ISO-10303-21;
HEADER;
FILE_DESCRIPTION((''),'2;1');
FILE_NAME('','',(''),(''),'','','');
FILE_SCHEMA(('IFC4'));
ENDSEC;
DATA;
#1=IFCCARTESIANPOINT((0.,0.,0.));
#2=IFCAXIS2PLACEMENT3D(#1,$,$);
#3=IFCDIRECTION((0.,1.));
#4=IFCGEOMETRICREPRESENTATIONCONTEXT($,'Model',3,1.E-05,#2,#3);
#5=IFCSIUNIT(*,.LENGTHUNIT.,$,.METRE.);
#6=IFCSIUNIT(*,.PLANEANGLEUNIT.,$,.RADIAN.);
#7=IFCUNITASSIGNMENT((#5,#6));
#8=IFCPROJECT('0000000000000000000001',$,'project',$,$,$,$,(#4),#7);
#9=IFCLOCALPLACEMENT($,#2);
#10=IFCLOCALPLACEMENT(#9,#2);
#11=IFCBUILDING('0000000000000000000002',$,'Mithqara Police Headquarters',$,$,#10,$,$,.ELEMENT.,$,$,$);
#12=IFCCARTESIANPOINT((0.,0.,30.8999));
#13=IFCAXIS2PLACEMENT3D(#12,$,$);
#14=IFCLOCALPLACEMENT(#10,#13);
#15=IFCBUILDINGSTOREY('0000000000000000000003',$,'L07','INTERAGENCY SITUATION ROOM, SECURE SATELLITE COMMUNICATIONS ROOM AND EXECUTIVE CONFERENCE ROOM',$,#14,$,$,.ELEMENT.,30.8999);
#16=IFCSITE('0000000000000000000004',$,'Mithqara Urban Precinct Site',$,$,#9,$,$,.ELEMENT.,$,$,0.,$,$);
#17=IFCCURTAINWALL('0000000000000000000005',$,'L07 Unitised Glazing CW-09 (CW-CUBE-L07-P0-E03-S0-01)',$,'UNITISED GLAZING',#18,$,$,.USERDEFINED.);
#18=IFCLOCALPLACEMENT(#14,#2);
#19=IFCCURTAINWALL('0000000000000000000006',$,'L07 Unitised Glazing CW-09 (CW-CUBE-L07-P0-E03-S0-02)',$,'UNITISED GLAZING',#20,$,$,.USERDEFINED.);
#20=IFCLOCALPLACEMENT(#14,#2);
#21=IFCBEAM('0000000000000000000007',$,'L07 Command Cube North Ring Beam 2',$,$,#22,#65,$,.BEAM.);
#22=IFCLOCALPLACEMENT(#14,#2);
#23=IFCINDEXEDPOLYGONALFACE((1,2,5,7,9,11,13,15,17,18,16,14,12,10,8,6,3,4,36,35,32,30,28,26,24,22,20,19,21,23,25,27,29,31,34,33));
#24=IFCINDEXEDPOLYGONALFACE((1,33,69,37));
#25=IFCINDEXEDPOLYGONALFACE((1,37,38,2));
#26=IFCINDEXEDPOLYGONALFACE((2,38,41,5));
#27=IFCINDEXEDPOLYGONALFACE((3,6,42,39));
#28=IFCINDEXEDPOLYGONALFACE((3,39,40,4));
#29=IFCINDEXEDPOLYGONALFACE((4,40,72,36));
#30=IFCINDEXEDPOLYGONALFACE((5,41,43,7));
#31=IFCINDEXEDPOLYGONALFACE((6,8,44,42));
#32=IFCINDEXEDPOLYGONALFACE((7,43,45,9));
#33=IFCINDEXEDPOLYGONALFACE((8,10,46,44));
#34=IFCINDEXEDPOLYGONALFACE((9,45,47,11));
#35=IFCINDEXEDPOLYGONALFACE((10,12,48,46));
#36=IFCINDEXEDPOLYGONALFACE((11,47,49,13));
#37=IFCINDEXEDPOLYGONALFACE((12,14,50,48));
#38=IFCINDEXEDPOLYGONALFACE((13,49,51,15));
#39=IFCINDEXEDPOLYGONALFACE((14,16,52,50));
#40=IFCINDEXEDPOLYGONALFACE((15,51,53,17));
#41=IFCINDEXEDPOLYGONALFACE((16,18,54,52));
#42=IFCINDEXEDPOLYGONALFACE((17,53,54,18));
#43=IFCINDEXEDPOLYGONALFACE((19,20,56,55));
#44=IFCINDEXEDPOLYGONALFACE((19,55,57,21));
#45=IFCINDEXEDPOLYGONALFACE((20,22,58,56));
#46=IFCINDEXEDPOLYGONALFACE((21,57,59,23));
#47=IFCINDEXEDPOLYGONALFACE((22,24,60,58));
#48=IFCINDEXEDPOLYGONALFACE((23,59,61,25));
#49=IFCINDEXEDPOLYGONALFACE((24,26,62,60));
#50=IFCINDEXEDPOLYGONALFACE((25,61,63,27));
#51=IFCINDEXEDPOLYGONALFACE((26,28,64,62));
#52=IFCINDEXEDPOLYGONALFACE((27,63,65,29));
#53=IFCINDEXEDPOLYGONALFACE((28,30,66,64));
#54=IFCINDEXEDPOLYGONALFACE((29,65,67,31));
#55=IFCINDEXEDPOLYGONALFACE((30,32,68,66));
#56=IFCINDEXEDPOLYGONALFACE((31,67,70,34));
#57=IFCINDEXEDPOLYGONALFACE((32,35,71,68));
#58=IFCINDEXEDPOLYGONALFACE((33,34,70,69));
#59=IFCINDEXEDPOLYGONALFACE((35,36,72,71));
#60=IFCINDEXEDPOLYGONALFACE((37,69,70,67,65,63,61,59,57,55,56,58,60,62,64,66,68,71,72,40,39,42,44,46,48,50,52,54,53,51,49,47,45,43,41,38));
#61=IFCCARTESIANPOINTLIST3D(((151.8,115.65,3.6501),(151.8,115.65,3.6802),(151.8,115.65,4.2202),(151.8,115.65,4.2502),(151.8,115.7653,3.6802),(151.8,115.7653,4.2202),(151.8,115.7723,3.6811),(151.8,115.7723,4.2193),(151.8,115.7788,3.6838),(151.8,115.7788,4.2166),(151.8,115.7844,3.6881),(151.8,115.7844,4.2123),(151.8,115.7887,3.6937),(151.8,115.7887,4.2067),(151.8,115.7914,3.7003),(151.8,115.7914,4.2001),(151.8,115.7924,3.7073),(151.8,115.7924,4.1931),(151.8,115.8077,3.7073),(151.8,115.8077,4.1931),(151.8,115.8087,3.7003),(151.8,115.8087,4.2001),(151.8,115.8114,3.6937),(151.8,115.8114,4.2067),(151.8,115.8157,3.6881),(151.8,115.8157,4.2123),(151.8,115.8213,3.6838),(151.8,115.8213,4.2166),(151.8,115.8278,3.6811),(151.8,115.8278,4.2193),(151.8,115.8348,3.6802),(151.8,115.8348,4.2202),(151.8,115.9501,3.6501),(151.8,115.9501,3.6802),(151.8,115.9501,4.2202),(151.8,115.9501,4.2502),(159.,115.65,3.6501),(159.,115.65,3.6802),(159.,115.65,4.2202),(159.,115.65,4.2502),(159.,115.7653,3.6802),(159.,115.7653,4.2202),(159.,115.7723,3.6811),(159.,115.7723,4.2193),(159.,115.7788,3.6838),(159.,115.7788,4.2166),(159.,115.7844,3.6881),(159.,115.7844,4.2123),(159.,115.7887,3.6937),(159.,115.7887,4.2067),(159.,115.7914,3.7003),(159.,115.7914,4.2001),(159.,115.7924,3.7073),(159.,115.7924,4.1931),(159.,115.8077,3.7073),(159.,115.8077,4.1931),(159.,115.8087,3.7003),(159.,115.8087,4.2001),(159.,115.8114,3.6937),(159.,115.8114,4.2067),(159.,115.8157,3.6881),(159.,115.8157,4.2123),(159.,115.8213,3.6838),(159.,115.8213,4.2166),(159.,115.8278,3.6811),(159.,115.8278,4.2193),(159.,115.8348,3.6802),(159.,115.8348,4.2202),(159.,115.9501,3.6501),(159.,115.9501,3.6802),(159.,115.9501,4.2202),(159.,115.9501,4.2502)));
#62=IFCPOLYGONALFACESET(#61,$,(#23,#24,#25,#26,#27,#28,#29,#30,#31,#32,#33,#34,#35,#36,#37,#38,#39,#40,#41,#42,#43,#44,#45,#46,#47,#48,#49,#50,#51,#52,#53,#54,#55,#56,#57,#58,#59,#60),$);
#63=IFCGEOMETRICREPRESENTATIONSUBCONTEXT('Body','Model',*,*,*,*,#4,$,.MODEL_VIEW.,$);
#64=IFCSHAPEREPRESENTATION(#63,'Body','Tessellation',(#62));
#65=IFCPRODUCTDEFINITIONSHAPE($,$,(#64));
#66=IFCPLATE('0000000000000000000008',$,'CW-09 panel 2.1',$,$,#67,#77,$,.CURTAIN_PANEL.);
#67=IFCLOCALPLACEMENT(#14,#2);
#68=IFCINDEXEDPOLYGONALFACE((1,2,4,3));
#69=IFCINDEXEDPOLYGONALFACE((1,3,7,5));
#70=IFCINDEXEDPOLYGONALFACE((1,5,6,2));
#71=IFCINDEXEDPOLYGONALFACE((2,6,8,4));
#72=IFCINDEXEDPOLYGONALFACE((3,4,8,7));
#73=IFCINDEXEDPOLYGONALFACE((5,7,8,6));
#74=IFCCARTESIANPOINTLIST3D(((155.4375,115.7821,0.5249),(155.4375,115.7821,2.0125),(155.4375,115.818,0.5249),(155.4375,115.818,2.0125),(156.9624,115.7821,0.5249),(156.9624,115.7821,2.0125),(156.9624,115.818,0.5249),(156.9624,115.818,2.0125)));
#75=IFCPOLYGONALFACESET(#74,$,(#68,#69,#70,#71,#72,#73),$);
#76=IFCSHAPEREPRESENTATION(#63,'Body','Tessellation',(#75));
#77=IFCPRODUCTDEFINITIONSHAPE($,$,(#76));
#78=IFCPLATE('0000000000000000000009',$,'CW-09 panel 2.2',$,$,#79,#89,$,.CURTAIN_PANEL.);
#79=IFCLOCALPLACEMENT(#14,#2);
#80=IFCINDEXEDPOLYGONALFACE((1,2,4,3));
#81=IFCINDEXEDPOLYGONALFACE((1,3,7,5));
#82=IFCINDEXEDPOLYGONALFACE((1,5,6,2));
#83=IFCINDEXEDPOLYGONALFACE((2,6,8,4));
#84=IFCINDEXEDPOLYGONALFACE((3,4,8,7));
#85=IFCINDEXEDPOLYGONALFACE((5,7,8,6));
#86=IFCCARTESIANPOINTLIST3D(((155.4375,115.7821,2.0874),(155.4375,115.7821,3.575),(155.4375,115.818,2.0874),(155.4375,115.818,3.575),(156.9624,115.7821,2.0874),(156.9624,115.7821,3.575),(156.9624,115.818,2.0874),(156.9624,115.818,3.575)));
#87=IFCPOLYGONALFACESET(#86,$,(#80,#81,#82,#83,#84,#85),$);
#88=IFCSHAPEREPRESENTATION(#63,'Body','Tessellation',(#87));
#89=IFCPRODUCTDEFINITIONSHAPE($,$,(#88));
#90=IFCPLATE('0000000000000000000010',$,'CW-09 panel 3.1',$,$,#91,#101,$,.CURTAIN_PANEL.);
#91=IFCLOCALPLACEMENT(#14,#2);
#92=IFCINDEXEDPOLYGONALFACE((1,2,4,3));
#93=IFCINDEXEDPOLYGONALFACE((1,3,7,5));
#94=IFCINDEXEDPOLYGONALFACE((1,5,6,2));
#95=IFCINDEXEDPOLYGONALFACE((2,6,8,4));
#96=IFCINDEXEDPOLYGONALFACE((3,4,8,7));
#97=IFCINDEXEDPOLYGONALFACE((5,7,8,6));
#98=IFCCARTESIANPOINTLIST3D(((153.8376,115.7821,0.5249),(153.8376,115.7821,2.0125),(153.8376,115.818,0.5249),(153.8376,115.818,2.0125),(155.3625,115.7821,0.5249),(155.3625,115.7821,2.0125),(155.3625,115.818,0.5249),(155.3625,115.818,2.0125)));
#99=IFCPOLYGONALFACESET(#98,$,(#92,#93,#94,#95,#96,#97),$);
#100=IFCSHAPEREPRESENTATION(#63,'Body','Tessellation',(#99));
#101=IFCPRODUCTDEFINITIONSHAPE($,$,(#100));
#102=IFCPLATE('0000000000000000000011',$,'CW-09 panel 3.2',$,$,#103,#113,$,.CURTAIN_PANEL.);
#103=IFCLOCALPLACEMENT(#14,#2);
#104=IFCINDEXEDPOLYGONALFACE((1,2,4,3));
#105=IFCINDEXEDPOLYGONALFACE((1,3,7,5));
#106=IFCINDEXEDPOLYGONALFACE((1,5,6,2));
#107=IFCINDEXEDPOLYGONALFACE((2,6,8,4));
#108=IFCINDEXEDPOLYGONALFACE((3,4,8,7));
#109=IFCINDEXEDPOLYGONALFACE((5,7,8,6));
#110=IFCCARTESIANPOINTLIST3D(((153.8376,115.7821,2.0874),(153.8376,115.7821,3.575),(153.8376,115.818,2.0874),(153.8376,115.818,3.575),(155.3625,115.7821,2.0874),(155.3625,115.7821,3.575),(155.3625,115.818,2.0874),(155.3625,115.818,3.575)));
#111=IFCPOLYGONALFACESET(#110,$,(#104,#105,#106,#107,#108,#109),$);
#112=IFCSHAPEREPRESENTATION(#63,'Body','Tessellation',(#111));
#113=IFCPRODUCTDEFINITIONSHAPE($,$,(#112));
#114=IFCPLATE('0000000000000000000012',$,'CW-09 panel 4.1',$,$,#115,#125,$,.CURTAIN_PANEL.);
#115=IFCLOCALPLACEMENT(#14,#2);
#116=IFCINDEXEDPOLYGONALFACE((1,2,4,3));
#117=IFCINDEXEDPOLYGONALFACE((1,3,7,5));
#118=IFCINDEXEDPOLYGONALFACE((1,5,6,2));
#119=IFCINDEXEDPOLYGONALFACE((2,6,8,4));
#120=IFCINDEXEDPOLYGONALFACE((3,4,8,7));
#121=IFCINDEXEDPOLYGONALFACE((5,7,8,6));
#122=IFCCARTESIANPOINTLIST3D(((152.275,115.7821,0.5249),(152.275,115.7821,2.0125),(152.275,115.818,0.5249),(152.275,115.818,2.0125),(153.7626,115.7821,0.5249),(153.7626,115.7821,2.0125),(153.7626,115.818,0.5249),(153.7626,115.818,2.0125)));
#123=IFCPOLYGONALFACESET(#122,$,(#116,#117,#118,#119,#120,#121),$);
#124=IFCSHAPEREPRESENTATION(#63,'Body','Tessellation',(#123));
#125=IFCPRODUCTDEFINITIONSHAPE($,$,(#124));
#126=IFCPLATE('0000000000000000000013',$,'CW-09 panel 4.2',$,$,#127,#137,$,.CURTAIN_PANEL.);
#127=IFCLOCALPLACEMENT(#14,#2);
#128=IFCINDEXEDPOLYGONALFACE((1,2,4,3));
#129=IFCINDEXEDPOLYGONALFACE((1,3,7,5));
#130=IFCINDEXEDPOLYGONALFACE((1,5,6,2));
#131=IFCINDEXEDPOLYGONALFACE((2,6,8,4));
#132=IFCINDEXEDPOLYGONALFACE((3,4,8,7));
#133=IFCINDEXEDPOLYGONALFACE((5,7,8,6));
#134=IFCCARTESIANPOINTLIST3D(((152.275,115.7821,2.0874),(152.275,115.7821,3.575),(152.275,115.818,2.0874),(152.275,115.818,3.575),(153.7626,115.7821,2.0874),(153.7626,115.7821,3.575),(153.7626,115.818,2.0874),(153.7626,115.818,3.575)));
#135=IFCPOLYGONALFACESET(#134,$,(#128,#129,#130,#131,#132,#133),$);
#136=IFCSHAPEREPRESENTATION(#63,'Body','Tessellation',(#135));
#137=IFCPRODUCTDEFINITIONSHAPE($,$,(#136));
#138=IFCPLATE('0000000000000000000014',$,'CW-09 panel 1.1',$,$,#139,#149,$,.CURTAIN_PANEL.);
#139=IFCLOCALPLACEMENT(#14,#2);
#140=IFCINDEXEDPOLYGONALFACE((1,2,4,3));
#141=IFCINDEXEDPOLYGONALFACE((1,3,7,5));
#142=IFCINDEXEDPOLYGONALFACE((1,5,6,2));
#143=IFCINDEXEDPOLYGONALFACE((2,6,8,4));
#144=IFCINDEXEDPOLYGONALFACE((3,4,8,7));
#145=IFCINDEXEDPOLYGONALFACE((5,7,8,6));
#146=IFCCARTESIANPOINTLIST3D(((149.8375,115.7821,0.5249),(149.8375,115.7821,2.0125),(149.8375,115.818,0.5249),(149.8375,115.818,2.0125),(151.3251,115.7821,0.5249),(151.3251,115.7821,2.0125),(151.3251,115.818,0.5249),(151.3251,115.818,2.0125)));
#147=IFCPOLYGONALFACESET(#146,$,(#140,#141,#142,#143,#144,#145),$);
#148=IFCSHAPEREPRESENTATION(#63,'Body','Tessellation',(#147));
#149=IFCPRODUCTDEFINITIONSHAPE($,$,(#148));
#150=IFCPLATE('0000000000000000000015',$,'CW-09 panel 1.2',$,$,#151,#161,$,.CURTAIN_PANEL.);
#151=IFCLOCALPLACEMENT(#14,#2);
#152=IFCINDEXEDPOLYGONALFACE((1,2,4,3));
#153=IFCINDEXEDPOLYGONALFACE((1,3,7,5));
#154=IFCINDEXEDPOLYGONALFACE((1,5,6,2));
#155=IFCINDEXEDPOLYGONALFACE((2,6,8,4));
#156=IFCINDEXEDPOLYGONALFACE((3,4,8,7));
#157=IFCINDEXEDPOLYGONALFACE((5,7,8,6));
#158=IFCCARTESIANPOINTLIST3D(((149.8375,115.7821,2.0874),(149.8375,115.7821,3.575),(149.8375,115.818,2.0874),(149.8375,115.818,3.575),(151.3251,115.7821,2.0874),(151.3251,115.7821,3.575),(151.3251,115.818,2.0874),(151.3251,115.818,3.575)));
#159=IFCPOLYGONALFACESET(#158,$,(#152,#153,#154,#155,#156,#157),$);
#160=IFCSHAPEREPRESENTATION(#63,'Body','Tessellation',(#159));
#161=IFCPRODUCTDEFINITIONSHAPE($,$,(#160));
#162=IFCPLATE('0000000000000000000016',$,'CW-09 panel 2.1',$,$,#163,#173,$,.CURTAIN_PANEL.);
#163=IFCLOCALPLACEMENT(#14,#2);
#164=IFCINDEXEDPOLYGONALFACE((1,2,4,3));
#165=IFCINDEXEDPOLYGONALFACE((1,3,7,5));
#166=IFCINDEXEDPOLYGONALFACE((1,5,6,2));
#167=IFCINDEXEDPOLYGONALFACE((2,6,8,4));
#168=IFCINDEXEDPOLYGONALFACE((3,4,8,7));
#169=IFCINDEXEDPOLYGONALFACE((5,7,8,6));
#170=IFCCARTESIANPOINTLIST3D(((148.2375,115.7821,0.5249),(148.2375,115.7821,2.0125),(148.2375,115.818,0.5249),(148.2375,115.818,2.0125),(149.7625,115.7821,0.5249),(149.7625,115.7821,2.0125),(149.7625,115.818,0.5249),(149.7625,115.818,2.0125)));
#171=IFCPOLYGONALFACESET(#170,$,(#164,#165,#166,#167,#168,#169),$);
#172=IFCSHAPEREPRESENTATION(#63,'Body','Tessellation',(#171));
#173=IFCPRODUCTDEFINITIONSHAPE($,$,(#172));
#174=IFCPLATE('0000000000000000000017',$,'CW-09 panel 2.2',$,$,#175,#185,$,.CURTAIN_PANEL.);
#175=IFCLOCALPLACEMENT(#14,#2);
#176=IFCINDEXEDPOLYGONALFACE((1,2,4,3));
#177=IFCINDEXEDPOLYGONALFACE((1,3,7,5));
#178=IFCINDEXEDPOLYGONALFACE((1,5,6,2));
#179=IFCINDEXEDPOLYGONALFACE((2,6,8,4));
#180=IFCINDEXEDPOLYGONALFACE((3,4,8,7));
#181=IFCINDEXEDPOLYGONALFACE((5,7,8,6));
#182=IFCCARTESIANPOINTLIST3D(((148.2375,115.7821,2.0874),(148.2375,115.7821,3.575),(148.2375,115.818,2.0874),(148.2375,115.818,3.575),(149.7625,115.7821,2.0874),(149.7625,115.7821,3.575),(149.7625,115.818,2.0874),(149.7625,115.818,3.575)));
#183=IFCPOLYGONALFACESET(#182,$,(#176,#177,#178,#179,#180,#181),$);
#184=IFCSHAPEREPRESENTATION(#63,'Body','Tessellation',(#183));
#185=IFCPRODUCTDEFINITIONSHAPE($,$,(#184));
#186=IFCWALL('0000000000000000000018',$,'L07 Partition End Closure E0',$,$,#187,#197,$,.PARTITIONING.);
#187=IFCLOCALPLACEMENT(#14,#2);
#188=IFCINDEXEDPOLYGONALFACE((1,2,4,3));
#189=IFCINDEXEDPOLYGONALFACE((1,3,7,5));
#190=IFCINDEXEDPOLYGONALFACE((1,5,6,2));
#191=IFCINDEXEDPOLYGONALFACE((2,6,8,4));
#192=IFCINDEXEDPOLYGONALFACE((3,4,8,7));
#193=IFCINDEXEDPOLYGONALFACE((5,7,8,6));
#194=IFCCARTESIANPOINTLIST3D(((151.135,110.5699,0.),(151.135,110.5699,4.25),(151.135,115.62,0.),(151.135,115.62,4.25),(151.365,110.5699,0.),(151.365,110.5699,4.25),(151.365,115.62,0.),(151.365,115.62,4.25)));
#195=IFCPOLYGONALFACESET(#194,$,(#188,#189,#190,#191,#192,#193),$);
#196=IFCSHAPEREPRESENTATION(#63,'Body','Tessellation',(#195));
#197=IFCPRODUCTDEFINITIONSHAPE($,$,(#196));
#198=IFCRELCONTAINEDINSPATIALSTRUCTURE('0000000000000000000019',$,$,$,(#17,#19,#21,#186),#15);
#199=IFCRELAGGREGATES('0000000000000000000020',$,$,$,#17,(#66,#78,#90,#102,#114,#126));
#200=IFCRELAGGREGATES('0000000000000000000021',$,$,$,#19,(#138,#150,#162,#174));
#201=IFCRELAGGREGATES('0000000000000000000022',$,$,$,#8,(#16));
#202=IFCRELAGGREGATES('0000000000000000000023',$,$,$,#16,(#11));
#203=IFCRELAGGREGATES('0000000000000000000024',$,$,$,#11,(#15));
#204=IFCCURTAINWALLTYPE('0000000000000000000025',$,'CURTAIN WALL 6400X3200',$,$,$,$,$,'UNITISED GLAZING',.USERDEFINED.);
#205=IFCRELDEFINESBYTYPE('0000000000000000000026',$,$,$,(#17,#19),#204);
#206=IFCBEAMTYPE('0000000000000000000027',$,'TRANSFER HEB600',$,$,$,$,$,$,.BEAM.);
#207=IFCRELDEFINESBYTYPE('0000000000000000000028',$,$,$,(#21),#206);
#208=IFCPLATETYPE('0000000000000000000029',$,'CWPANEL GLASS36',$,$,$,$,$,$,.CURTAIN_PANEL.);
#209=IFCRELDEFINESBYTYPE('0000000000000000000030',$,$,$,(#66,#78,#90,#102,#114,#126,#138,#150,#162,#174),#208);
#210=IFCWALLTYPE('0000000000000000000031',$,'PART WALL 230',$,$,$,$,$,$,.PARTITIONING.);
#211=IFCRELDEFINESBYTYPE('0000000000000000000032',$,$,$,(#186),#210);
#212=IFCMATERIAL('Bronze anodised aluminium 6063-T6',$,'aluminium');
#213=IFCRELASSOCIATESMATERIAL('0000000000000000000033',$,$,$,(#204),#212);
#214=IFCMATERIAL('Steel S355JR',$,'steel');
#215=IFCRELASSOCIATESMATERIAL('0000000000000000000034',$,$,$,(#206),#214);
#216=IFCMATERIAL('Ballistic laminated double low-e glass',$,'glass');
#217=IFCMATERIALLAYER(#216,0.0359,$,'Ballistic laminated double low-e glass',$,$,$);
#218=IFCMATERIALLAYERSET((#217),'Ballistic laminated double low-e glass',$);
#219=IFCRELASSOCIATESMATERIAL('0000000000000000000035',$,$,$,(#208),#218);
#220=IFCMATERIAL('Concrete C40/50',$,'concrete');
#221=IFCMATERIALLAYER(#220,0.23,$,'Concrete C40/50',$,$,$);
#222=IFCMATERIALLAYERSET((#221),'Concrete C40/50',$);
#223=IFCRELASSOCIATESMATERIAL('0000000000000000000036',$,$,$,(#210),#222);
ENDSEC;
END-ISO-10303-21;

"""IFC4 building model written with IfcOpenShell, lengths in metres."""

from ifc_helpers import new_model, si_unit, direction, frame, frame_2d, origin, origin_2d, place, context, subcontext, project, spatial, rectangle, i_section, extrude, material, layer, layer_set, material_profile, profile_set, type_object, element, aggregate, save


model = new_model("IFC4")

# Units and contexts
model_context = context("Model", 3, precision=1e-05, world=origin(), true_north=direction((0.0, 1.0)))
body_context = subcontext(model_context, "Body", "Model", "MODEL_VIEW")
ifc_project = project(units=[si_unit("LENGTHUNIT", "METRE"), si_unit("PLANEANGLEUNIT", "RADIAN")], contexts=[model_context])

# Site, building, storey
site_placement = place(None, origin())
site = spatial("IfcSite", under=ifc_project, at=site_placement, Name="Mithqara Urban Precinct Site", CompositionType="ELEMENT", RefElevation=0.0)
building_placement = place(site_placement, origin())
building = spatial("IfcBuilding", under=site, at=building_placement, Name="Mithqara Police Headquarters", CompositionType="ELEMENT")
storey_placement = place(building_placement, frame((0.0, 0.0, 30.8999)))
storey = spatial("IfcBuildingStorey", under=building, at=storey_placement, Name="L07", Description="INTERAGENCY SITUATION ROOM, SECURE SATELLITE COMMUNICATIONS ROOM AND EXECUTIVE CONFERENCE ROOM", CompositionType="ELEMENT", Elevation=30.8999)

# Shared definitions
ifc_material_1 = material(Name="Steel S355JR", Category="steel")

# Curtain walls
ifc_material_2 = material(Name="Bronze anodised aluminium 6063-T6", Category="aluminium")
curtain_wall_type = type_object("IfcCurtainWallType", Name="CURTAIN WALL 6400X3200", ElementType="UNITISED GLAZING", PredefinedType="USERDEFINED", material=ifc_material_2)
curtain_wall_1_placement = place(storey_placement, origin())
curtain_wall_1 = element("IfcCurtainWall", 1, at=curtain_wall_1_placement, inside=storey, type_object=curtain_wall_type, Name="L07 Unitised Glazing CW-09 (CW-CUBE-L07-P0-E03-S0-01)", ObjectType="UNITISED GLAZING", PredefinedType="USERDEFINED")
curtain_wall_2_placement = place(storey_placement, origin())
curtain_wall_2 = element("IfcCurtainWall", 2, at=curtain_wall_2_placement, inside=storey, type_object=curtain_wall_type, Name="L07 Unitised Glazing CW-09 (CW-CUBE-L07-P0-E03-S0-02)", ObjectType="UNITISED GLAZING", PredefinedType="USERDEFINED")

# Beam
ifc_material_profile_1 = material_profile(ifc_material_1, i_section(OverallWidth=0.3, OverallDepth=0.6001, WebThickness=0.0154, FlangeThickness=0.03, FilletRadius=0.0271, at=origin_2d()), Name="HEB 600")
ifc_profile_set_1 = profile_set([ifc_material_profile_1], Name="Steel S355JR")
beam_type = type_object("IfcBeamType", Name="TRANSFER HEB600", PredefinedType="BEAM", material=ifc_profile_set_1)
beam_1_placement = place(storey_placement, frame((151.8, 115.8, 3.9502), z_axis=(1.0, 0.0, 0.0), x_axis=(0.0, 1.0, 0.0)))
element("IfcBeam", 3, at=beam_1_placement, inside=storey, type_object=beam_type, Name="L07 Command Cube North Ring Beam 2", PredefinedType="BEAM", context=body_context, shape_type="SweptSolid", body=[
    extrude(i_section(OverallWidth=0.3, OverallDepth=0.6001, WebThickness=0.0154, FlangeThickness=0.03, FilletRadius=0.0271, at=origin_2d()), origin(), (0.0, 0.0, 1.0), 7.2),
])

# Plates
ifc_material_3 = material(Name="Ballistic laminated double low-e glass", Category="glass")
ifc_layer_1 = layer(ifc_material_3, 0.0359, Name="Ballistic laminated double low-e glass")
ifc_layer_set_1 = layer_set([ifc_layer_1], Name="Ballistic laminated double low-e glass")
plate_type = type_object("IfcPlateType", Name="CWPANEL GLASS36", PredefinedType="CURTAIN_PANEL", material=ifc_layer_set_1)
plate_1_placement = place(storey_placement, frame((156.2, 115.8, 0.5249), z_axis=(0.0, 0.0, 1.0), x_axis=(-1.0, 0.0, 0.0)))
plate_1 = element("IfcPlate", 4, at=plate_1_placement, type_object=plate_type, Name="CW-09 panel 2.1", PredefinedType="CURTAIN_PANEL", context=body_context, shape_type="SweptSolid", body=[
    extrude(rectangle(XDim=1.5249, YDim=0.0359, at=origin_2d()), origin(), (0.0, 0.0, 1.0), 1.4875),
])
plate_2_placement = place(storey_placement, frame((156.2, 115.8, 2.0874), z_axis=(0.0, 0.0, 1.0), x_axis=(-1.0, 0.0, 0.0)))
plate_2 = element("IfcPlate", 5, at=plate_2_placement, type_object=plate_type, Name="CW-09 panel 2.2", PredefinedType="CURTAIN_PANEL", context=body_context, shape_type="SweptSolid", body=[
    extrude(rectangle(XDim=1.5249, YDim=0.0359, at=origin_2d()), origin(), (0.0, 0.0, 1.0), 1.4875),
])
plate_3_placement = place(storey_placement, frame((154.6001, 115.8, 0.5249), z_axis=(0.0, 0.0, 1.0), x_axis=(-1.0, 0.0, 0.0)))
plate_3 = element("IfcPlate", 6, at=plate_3_placement, type_object=plate_type, Name="CW-09 panel 3.1", PredefinedType="CURTAIN_PANEL", context=body_context, shape_type="SweptSolid", body=[
    extrude(rectangle(XDim=1.5249, YDim=0.0359, at=origin_2d()), origin(), (0.0, 0.0, 1.0), 1.4875),
])
plate_4_placement = place(storey_placement, frame((154.6001, 115.8, 2.0874), z_axis=(0.0, 0.0, 1.0), x_axis=(-1.0, 0.0, 0.0)))
plate_4 = element("IfcPlate", 7, at=plate_4_placement, type_object=plate_type, Name="CW-09 panel 3.2", PredefinedType="CURTAIN_PANEL", context=body_context, shape_type="SweptSolid", body=[
    extrude(rectangle(XDim=1.5249, YDim=0.0359, at=origin_2d()), origin(), (0.0, 0.0, 1.0), 1.4875),
])
plate_5_placement = place(storey_placement, frame((153.0188, 115.8, 0.5249), z_axis=(0.0, 0.0, 1.0), x_axis=(-1.0, 0.0, 0.0)))
plate_5 = element("IfcPlate", 8, at=plate_5_placement, type_object=plate_type, Name="CW-09 panel 4.1", PredefinedType="CURTAIN_PANEL", context=body_context, shape_type="SweptSolid", body=[
    extrude(rectangle(XDim=1.4875, YDim=0.0359, at=origin_2d()), origin(), (0.0, 0.0, 1.0), 1.4875),
])
plate_6_placement = place(storey_placement, frame((153.0188, 115.8, 2.0874), z_axis=(0.0, 0.0, 1.0), x_axis=(-1.0, 0.0, 0.0)))
plate_6 = element("IfcPlate", 9, at=plate_6_placement, type_object=plate_type, Name="CW-09 panel 4.2", PredefinedType="CURTAIN_PANEL", context=body_context, shape_type="SweptSolid", body=[
    extrude(rectangle(XDim=1.4875, YDim=0.0359, at=origin_2d()), origin(), (0.0, 0.0, 1.0), 1.4875),
])
aggregate(curtain_wall_1, [plate_1, plate_2, plate_3, plate_4, plate_5, plate_6])
plate_7_placement = place(storey_placement, frame((150.5813, 115.8, 0.5249), z_axis=(0.0, 0.0, 1.0), x_axis=(-1.0, 0.0, 0.0)))
plate_7 = element("IfcPlate", 10, at=plate_7_placement, type_object=plate_type, Name="CW-09 panel 1.1", PredefinedType="CURTAIN_PANEL", context=body_context, shape_type="SweptSolid", body=[
    extrude(rectangle(XDim=1.4875, YDim=0.0359, at=origin_2d()), origin(), (0.0, 0.0, 1.0), 1.4875),
])
plate_8_placement = place(storey_placement, frame((150.5813, 115.8, 2.0874), z_axis=(0.0, 0.0, 1.0), x_axis=(-1.0, 0.0, 0.0)))
plate_8 = element("IfcPlate", 11, at=plate_8_placement, type_object=plate_type, Name="CW-09 panel 1.2", PredefinedType="CURTAIN_PANEL", context=body_context, shape_type="SweptSolid", body=[
    extrude(rectangle(XDim=1.4875, YDim=0.0359, at=origin_2d()), origin(), (0.0, 0.0, 1.0), 1.4875),
])
plate_9_placement = place(storey_placement, frame((149.0, 115.8, 0.5249), z_axis=(0.0, 0.0, 1.0), x_axis=(-1.0, 0.0, 0.0)))
plate_9 = element("IfcPlate", 12, at=plate_9_placement, type_object=plate_type, Name="CW-09 panel 2.1", PredefinedType="CURTAIN_PANEL", context=body_context, shape_type="SweptSolid", body=[
    extrude(rectangle(XDim=1.5249, YDim=0.0359, at=origin_2d()), origin(), (0.0, 0.0, 1.0), 1.4875),
])
plate_10_placement = place(storey_placement, frame((149.0, 115.8, 2.0874), z_axis=(0.0, 0.0, 1.0), x_axis=(-1.0, 0.0, 0.0)))
plate_10 = element("IfcPlate", 13, at=plate_10_placement, type_object=plate_type, Name="CW-09 panel 2.2", PredefinedType="CURTAIN_PANEL", context=body_context, shape_type="SweptSolid", body=[
    extrude(rectangle(XDim=1.5249, YDim=0.0359, at=origin_2d()), origin(), (0.0, 0.0, 1.0), 1.4875),
])
aggregate(curtain_wall_2, [plate_7, plate_8, plate_9, plate_10])

# Wall
ifc_material_4 = material(Name="Concrete C40/50", Category="concrete")
ifc_layer_2 = layer(ifc_material_4, 0.23, Name="Concrete C40/50")
ifc_layer_set_2 = layer_set([ifc_layer_2], Name="Concrete C40/50")
wall_type = type_object("IfcWallType", Name="PART WALL 230", PredefinedType="PARTITIONING", material=ifc_layer_set_2)
wall_1_placement = place(storey_placement, frame((151.25, 110.5701, 0.0), z_axis=(0.0, 0.0, 1.0), x_axis=(0.0, 1.0, 0.0)))
element("IfcWall", 14, at=wall_1_placement, inside=storey, type_object=wall_type, Name="L07 Partition End Closure E0", PredefinedType="PARTITIONING", context=body_context, shape_type="SweptSolid", body=[
    extrude(rectangle(XDim=5.05, YDim=0.23, at=frame_2d((2.5249, 0.0))), origin(), (0.0, 0.0, 1.0), 4.25),
])

save(model, "model.ifc")
